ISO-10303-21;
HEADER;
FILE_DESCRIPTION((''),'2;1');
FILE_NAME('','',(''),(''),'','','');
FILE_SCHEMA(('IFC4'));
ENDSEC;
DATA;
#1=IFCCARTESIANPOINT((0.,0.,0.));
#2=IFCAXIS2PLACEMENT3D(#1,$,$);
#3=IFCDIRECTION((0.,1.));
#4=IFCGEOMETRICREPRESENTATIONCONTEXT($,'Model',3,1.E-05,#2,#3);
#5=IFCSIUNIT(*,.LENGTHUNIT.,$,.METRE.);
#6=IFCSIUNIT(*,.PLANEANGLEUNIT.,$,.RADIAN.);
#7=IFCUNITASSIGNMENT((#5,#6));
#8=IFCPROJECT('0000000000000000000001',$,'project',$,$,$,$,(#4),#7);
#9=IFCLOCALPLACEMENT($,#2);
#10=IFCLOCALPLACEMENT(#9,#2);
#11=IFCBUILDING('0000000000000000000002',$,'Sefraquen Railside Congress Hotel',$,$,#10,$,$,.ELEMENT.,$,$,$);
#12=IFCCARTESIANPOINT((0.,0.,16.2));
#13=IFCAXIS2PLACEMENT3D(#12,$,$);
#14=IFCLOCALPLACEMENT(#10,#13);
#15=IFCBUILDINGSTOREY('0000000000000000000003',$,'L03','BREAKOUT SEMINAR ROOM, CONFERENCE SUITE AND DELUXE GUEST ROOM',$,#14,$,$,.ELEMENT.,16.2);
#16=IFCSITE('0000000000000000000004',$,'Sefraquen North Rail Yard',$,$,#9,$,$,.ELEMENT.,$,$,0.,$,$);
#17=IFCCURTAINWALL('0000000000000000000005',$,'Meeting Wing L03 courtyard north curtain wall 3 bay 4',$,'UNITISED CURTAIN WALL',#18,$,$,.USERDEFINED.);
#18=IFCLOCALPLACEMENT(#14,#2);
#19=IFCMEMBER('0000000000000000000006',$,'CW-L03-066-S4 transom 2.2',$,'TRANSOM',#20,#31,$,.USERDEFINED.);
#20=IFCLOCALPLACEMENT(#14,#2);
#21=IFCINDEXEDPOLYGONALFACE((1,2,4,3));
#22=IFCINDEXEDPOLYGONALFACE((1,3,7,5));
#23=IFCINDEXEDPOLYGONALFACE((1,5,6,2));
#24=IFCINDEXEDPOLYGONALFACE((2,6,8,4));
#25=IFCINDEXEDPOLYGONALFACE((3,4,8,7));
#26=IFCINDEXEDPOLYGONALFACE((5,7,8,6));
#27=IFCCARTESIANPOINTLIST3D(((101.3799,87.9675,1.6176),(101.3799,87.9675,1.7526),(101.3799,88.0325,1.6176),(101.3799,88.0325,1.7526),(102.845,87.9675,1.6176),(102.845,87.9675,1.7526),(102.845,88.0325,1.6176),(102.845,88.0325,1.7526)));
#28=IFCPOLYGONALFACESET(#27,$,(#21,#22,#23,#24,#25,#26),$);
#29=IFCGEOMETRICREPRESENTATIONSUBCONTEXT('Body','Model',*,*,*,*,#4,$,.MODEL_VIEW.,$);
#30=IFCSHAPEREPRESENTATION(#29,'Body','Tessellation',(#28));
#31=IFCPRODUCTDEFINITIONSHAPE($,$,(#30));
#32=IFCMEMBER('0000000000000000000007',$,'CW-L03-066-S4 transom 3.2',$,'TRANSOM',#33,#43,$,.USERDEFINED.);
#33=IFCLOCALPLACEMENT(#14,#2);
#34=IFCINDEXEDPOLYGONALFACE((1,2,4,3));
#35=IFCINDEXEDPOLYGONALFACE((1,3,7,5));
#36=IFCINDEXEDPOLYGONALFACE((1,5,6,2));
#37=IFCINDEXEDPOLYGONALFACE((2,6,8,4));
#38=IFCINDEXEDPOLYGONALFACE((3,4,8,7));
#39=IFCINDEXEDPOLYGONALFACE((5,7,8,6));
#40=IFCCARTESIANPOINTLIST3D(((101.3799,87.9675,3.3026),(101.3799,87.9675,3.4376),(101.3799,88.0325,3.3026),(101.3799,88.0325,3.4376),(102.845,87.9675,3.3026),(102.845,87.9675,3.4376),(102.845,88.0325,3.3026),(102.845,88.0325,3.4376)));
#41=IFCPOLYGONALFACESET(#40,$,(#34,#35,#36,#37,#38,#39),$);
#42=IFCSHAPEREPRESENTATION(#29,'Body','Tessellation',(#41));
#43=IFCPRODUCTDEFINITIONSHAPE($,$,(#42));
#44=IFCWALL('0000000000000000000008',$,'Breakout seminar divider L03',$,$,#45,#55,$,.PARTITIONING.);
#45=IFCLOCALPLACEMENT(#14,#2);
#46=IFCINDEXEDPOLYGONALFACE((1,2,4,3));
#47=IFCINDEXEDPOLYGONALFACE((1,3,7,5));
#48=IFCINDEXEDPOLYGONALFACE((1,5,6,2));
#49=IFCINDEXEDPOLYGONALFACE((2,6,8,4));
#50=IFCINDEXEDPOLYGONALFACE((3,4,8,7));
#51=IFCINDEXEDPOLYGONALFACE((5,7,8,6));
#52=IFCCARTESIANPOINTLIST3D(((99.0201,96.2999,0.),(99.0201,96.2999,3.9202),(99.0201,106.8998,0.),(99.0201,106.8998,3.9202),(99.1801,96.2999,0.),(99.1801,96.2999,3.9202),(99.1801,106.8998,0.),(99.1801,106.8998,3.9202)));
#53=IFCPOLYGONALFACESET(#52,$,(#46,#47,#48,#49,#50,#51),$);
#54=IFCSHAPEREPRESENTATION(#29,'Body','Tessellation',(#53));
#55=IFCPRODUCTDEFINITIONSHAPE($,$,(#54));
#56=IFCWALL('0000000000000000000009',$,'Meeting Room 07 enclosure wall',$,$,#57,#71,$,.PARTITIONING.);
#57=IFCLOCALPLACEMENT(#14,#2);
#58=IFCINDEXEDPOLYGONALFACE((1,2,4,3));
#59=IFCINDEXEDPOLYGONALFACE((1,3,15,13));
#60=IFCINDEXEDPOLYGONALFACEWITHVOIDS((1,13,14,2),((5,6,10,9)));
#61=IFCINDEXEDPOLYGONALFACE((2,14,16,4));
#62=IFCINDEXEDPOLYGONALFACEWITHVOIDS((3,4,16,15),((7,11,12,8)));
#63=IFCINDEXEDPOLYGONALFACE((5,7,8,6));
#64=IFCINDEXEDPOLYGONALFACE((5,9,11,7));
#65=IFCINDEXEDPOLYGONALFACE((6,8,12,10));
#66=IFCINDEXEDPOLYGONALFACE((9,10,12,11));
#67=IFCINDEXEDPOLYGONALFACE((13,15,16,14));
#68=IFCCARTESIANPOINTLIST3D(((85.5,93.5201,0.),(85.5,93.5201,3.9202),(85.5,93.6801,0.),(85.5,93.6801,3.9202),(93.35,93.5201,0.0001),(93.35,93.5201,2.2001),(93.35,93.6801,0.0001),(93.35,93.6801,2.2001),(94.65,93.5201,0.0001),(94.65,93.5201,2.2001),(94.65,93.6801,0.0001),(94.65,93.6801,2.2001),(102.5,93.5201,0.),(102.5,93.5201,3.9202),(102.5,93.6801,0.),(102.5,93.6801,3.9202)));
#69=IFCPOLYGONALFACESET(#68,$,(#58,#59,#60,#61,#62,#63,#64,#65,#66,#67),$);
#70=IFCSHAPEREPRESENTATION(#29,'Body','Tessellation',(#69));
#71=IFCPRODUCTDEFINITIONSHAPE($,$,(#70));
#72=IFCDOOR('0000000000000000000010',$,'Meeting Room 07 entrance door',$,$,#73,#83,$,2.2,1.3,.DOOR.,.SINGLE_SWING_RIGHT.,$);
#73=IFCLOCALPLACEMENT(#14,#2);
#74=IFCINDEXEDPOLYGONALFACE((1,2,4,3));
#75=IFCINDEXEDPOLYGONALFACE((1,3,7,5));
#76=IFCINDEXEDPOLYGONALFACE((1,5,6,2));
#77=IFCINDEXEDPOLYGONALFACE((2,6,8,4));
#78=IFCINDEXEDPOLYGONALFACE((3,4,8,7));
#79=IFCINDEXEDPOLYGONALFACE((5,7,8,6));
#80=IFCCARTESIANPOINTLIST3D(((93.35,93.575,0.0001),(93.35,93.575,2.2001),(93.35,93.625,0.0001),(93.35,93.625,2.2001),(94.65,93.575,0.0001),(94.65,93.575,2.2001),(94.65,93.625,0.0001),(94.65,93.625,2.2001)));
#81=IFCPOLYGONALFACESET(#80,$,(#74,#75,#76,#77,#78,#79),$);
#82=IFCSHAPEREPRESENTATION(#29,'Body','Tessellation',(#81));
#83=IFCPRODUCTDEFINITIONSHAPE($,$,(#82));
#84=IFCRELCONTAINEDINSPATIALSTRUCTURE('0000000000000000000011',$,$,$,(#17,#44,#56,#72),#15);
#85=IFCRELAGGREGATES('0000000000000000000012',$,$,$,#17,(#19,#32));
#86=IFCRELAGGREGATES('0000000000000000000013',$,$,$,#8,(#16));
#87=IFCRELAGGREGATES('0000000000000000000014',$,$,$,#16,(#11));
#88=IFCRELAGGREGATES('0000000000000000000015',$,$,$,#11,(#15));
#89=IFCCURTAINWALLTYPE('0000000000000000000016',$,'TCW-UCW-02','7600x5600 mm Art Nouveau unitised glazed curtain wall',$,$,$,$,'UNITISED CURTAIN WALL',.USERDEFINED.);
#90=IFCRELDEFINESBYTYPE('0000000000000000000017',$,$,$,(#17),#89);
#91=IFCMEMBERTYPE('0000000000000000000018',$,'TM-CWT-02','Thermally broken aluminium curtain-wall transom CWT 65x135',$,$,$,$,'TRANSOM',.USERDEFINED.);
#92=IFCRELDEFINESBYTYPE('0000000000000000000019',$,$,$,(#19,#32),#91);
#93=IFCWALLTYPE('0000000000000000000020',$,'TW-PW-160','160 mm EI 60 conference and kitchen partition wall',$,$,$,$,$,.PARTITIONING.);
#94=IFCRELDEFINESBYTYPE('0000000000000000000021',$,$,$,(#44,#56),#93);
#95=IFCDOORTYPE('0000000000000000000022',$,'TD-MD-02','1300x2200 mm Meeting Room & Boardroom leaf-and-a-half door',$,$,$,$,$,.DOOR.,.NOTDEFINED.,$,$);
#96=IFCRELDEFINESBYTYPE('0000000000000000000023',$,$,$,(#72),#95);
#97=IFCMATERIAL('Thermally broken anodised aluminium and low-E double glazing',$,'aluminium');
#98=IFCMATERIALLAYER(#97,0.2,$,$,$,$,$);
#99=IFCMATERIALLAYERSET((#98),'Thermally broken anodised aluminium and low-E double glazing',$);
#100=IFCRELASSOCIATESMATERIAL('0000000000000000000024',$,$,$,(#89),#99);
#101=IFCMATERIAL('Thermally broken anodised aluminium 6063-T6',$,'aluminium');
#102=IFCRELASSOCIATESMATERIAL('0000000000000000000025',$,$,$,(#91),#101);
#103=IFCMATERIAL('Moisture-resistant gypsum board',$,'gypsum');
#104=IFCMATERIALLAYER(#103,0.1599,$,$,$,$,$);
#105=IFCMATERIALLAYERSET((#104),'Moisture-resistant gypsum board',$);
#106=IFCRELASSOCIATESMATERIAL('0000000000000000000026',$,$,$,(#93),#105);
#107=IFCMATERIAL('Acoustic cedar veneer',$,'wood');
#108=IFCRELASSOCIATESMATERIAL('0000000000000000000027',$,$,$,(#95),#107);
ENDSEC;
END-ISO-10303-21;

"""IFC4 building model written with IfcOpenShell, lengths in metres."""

from ifc_helpers import new_model, si_unit, direction, frame, frame_2d, origin, origin_2d, place, context, subcontext, project, spatial, rectangle, extrude, material, layer, layer_set, material_profile, profile_set, type_object, element, fill, aggregate, save


model = new_model("IFC4")

# Units and contexts
model_context = context("Model", 3, precision=1e-05, world=origin(), true_north=direction((0.0, 1.0)))
body_context = subcontext(model_context, "Body", "Model", "MODEL_VIEW")
ifc_project = project(units=[si_unit("LENGTHUNIT", "METRE"), si_unit("PLANEANGLEUNIT", "RADIAN")], contexts=[model_context])

# Site, building, storey
site_placement = place(None, origin())
site = spatial("IfcSite", under=ifc_project, at=site_placement, Name="Sefraquen North Rail Yard", CompositionType="ELEMENT", RefElevation=0.0)
building_placement = place(site_placement, origin())
building = spatial("IfcBuilding", under=site, at=building_placement, Name="Sefraquen Railside Congress Hotel", CompositionType="ELEMENT")
storey_placement = place(building_placement, frame((0.0, 0.0, 16.2)))
storey = spatial("IfcBuildingStorey", under=building, at=storey_placement, Name="L03", Description="BREAKOUT SEMINAR ROOM, CONFERENCE SUITE AND DELUXE GUEST ROOM", CompositionType="ELEMENT", Elevation=16.2)

# Curtain wall, members
ifc_material_1 = material(Name="Thermally broken anodised aluminium and low-E double glazing", Category="aluminium")
ifc_layer_1 = layer(ifc_material_1, 0.2)
ifc_layer_set_1 = layer_set([ifc_layer_1], Name="Thermally broken anodised aluminium and low-E double glazing")
curtain_wall_type = type_object("IfcCurtainWallType", Name="TCW-UCW-02", Description="7600x5600 mm Art Nouveau unitised glazed curtain wall", ElementType="UNITISED CURTAIN WALL", PredefinedType="USERDEFINED", material=ifc_layer_set_1)
curtain_wall_placement = place(storey_placement, origin())
curtain_wall = element("IfcCurtainWall", 1, at=curtain_wall_placement, inside=storey, type_object=curtain_wall_type, Name="Meeting Wing L03 courtyard north curtain wall 3 bay 4", ObjectType="UNITISED CURTAIN WALL", PredefinedType="USERDEFINED")
ifc_material_2 = material(Name="Thermally broken anodised aluminium 6063-T6", Category="aluminium")
ifc_material_profile_1 = material_profile(ifc_material_2, rectangle(XDim=0.0649, YDim=0.135, at=origin_2d()), Name="CWT 65x135")
ifc_profile_set_1 = profile_set([ifc_material_profile_1], Name="Thermally broken anodised aluminium 6063-T6")
member_type = type_object("IfcMemberType", Name="TM-CWT-02", Description="Thermally broken aluminium curtain-wall transom CWT 65x135", ElementType="TRANSOM", PredefinedType="USERDEFINED", material=ifc_profile_set_1)
member_1_placement = place(storey_placement, frame((101.3799, 88.0, 1.6851), z_axis=(1.0, 0.0, 0.0), x_axis=(0.0, 1.0, 0.0)))
member_1 = element("IfcMember", 2, at=member_1_placement, type_object=member_type, Name="CW-L03-066-S4 transom 2.2", ObjectType="TRANSOM", PredefinedType="USERDEFINED", context=body_context, shape_type="SweptSolid", body=[
    extrude(rectangle(XDim=0.0649, YDim=0.135, at=origin_2d()), origin(), (0.0, 0.0, 1.0), 1.4651),
])
member_2_placement = place(storey_placement, frame((101.3799, 88.0, 3.3701), z_axis=(1.0, 0.0, 0.0), x_axis=(0.0, 1.0, 0.0)))
member_2 = element("IfcMember", 3, at=member_2_placement, type_object=member_type, Name="CW-L03-066-S4 transom 3.2", ObjectType="TRANSOM", PredefinedType="USERDEFINED", context=body_context, shape_type="SweptSolid", body=[
    extrude(rectangle(XDim=0.0649, YDim=0.135, at=origin_2d()), origin(), (0.0, 0.0, 1.0), 1.4651),
])
aggregate(curtain_wall, [member_1, member_2])

# Wall
ifc_material_3 = material(Name="Moisture-resistant gypsum board", Category="gypsum")
ifc_layer_2 = layer(ifc_material_3, 0.1599)
ifc_layer_set_2 = layer_set([ifc_layer_2], Name="Moisture-resistant gypsum board")
wall_type = type_object("IfcWallType", Name="TW-PW-160", Description="160 mm EI 60 conference and kitchen partition wall", PredefinedType="PARTITIONING", material=ifc_layer_set_2)
wall_1_placement = place(storey_placement, frame((99.1001, 96.3, 0.0), z_axis=(0.0, 0.0, 1.0), x_axis=(0.0, 1.0, 0.0)))
element("IfcWall", 4, at=wall_1_placement, inside=storey, type_object=wall_type, Name="Breakout seminar divider L03", PredefinedType="PARTITIONING", context=body_context, shape_type="SweptSolid", body=[
    extrude(rectangle(XDim=10.5999, YDim=0.1599, at=frame_2d((5.2998, 0.0))), origin(), (0.0, 0.0, 1.0), 3.9202),
])

# Wall, opening, door
wall_2_placement = place(storey_placement, frame((85.5, 93.6001, 0.0), z_axis=(0.0, 0.0, 1.0), x_axis=(1.0, 0.0, 0.0)))
wall_2 = element("IfcWall", 5, at=wall_2_placement, inside=storey, type_object=wall_type, Name="Meeting Room 07 enclosure wall", PredefinedType="PARTITIONING", context=body_context, shape_type="SweptSolid", body=[
    extrude(rectangle(XDim=17.0, YDim=0.1599, at=frame_2d((8.5, 0.0))), origin(), (0.0, 0.0, 1.0), 3.9202),
])
opening_placement = place(wall_2_placement, frame((7.8501, 0.0, 0.0)))
opening = element("IfcOpeningElement", 6, at=opening_placement, cuts=wall_2, PredefinedType="OPENING", context=body_context, shape_type="SweptSolid", body=[
    extrude(rectangle(XDim=1.3, YDim=2.2, at=frame_2d((0.6499, 1.1001))), frame((0.0, 0.0898, 0.0), z_axis=(0.0, -1.0, 0.0), x_axis=(1.0, 0.0, 0.0)), (0.0, 0.0, 1.0), 0.1799),
])
ifc_material_4 = material(Name="Acoustic cedar veneer", Category="wood")
door_type = type_object("IfcDoorType", Name="TD-MD-02", Description="1300x2200 mm Meeting Room & Boardroom leaf-and-a-half door", OperationType="NOTDEFINED", PredefinedType="DOOR", material=ifc_material_4)
door_placement = place(opening_placement, origin())
door = element("IfcDoor", 7, at=door_placement, inside=storey, type_object=door_type, Name="Meeting Room 07 entrance door", OperationType="SINGLE_SWING_RIGHT", OverallHeight=2.2, OverallWidth=1.3, PredefinedType="DOOR", context=body_context, shape_type="SweptSolid", body=[
    extrude(rectangle(XDim=1.3, YDim=2.2, at=frame_2d((0.6499, 1.1001))), frame((0.0, 0.0249, 0.0), z_axis=(0.0, -1.0, 0.0), x_axis=(1.0, 0.0, 0.0)), (0.0, 0.0, 1.0), 0.05),
])
fill(opening, door)

save(model, "model.ifc")
